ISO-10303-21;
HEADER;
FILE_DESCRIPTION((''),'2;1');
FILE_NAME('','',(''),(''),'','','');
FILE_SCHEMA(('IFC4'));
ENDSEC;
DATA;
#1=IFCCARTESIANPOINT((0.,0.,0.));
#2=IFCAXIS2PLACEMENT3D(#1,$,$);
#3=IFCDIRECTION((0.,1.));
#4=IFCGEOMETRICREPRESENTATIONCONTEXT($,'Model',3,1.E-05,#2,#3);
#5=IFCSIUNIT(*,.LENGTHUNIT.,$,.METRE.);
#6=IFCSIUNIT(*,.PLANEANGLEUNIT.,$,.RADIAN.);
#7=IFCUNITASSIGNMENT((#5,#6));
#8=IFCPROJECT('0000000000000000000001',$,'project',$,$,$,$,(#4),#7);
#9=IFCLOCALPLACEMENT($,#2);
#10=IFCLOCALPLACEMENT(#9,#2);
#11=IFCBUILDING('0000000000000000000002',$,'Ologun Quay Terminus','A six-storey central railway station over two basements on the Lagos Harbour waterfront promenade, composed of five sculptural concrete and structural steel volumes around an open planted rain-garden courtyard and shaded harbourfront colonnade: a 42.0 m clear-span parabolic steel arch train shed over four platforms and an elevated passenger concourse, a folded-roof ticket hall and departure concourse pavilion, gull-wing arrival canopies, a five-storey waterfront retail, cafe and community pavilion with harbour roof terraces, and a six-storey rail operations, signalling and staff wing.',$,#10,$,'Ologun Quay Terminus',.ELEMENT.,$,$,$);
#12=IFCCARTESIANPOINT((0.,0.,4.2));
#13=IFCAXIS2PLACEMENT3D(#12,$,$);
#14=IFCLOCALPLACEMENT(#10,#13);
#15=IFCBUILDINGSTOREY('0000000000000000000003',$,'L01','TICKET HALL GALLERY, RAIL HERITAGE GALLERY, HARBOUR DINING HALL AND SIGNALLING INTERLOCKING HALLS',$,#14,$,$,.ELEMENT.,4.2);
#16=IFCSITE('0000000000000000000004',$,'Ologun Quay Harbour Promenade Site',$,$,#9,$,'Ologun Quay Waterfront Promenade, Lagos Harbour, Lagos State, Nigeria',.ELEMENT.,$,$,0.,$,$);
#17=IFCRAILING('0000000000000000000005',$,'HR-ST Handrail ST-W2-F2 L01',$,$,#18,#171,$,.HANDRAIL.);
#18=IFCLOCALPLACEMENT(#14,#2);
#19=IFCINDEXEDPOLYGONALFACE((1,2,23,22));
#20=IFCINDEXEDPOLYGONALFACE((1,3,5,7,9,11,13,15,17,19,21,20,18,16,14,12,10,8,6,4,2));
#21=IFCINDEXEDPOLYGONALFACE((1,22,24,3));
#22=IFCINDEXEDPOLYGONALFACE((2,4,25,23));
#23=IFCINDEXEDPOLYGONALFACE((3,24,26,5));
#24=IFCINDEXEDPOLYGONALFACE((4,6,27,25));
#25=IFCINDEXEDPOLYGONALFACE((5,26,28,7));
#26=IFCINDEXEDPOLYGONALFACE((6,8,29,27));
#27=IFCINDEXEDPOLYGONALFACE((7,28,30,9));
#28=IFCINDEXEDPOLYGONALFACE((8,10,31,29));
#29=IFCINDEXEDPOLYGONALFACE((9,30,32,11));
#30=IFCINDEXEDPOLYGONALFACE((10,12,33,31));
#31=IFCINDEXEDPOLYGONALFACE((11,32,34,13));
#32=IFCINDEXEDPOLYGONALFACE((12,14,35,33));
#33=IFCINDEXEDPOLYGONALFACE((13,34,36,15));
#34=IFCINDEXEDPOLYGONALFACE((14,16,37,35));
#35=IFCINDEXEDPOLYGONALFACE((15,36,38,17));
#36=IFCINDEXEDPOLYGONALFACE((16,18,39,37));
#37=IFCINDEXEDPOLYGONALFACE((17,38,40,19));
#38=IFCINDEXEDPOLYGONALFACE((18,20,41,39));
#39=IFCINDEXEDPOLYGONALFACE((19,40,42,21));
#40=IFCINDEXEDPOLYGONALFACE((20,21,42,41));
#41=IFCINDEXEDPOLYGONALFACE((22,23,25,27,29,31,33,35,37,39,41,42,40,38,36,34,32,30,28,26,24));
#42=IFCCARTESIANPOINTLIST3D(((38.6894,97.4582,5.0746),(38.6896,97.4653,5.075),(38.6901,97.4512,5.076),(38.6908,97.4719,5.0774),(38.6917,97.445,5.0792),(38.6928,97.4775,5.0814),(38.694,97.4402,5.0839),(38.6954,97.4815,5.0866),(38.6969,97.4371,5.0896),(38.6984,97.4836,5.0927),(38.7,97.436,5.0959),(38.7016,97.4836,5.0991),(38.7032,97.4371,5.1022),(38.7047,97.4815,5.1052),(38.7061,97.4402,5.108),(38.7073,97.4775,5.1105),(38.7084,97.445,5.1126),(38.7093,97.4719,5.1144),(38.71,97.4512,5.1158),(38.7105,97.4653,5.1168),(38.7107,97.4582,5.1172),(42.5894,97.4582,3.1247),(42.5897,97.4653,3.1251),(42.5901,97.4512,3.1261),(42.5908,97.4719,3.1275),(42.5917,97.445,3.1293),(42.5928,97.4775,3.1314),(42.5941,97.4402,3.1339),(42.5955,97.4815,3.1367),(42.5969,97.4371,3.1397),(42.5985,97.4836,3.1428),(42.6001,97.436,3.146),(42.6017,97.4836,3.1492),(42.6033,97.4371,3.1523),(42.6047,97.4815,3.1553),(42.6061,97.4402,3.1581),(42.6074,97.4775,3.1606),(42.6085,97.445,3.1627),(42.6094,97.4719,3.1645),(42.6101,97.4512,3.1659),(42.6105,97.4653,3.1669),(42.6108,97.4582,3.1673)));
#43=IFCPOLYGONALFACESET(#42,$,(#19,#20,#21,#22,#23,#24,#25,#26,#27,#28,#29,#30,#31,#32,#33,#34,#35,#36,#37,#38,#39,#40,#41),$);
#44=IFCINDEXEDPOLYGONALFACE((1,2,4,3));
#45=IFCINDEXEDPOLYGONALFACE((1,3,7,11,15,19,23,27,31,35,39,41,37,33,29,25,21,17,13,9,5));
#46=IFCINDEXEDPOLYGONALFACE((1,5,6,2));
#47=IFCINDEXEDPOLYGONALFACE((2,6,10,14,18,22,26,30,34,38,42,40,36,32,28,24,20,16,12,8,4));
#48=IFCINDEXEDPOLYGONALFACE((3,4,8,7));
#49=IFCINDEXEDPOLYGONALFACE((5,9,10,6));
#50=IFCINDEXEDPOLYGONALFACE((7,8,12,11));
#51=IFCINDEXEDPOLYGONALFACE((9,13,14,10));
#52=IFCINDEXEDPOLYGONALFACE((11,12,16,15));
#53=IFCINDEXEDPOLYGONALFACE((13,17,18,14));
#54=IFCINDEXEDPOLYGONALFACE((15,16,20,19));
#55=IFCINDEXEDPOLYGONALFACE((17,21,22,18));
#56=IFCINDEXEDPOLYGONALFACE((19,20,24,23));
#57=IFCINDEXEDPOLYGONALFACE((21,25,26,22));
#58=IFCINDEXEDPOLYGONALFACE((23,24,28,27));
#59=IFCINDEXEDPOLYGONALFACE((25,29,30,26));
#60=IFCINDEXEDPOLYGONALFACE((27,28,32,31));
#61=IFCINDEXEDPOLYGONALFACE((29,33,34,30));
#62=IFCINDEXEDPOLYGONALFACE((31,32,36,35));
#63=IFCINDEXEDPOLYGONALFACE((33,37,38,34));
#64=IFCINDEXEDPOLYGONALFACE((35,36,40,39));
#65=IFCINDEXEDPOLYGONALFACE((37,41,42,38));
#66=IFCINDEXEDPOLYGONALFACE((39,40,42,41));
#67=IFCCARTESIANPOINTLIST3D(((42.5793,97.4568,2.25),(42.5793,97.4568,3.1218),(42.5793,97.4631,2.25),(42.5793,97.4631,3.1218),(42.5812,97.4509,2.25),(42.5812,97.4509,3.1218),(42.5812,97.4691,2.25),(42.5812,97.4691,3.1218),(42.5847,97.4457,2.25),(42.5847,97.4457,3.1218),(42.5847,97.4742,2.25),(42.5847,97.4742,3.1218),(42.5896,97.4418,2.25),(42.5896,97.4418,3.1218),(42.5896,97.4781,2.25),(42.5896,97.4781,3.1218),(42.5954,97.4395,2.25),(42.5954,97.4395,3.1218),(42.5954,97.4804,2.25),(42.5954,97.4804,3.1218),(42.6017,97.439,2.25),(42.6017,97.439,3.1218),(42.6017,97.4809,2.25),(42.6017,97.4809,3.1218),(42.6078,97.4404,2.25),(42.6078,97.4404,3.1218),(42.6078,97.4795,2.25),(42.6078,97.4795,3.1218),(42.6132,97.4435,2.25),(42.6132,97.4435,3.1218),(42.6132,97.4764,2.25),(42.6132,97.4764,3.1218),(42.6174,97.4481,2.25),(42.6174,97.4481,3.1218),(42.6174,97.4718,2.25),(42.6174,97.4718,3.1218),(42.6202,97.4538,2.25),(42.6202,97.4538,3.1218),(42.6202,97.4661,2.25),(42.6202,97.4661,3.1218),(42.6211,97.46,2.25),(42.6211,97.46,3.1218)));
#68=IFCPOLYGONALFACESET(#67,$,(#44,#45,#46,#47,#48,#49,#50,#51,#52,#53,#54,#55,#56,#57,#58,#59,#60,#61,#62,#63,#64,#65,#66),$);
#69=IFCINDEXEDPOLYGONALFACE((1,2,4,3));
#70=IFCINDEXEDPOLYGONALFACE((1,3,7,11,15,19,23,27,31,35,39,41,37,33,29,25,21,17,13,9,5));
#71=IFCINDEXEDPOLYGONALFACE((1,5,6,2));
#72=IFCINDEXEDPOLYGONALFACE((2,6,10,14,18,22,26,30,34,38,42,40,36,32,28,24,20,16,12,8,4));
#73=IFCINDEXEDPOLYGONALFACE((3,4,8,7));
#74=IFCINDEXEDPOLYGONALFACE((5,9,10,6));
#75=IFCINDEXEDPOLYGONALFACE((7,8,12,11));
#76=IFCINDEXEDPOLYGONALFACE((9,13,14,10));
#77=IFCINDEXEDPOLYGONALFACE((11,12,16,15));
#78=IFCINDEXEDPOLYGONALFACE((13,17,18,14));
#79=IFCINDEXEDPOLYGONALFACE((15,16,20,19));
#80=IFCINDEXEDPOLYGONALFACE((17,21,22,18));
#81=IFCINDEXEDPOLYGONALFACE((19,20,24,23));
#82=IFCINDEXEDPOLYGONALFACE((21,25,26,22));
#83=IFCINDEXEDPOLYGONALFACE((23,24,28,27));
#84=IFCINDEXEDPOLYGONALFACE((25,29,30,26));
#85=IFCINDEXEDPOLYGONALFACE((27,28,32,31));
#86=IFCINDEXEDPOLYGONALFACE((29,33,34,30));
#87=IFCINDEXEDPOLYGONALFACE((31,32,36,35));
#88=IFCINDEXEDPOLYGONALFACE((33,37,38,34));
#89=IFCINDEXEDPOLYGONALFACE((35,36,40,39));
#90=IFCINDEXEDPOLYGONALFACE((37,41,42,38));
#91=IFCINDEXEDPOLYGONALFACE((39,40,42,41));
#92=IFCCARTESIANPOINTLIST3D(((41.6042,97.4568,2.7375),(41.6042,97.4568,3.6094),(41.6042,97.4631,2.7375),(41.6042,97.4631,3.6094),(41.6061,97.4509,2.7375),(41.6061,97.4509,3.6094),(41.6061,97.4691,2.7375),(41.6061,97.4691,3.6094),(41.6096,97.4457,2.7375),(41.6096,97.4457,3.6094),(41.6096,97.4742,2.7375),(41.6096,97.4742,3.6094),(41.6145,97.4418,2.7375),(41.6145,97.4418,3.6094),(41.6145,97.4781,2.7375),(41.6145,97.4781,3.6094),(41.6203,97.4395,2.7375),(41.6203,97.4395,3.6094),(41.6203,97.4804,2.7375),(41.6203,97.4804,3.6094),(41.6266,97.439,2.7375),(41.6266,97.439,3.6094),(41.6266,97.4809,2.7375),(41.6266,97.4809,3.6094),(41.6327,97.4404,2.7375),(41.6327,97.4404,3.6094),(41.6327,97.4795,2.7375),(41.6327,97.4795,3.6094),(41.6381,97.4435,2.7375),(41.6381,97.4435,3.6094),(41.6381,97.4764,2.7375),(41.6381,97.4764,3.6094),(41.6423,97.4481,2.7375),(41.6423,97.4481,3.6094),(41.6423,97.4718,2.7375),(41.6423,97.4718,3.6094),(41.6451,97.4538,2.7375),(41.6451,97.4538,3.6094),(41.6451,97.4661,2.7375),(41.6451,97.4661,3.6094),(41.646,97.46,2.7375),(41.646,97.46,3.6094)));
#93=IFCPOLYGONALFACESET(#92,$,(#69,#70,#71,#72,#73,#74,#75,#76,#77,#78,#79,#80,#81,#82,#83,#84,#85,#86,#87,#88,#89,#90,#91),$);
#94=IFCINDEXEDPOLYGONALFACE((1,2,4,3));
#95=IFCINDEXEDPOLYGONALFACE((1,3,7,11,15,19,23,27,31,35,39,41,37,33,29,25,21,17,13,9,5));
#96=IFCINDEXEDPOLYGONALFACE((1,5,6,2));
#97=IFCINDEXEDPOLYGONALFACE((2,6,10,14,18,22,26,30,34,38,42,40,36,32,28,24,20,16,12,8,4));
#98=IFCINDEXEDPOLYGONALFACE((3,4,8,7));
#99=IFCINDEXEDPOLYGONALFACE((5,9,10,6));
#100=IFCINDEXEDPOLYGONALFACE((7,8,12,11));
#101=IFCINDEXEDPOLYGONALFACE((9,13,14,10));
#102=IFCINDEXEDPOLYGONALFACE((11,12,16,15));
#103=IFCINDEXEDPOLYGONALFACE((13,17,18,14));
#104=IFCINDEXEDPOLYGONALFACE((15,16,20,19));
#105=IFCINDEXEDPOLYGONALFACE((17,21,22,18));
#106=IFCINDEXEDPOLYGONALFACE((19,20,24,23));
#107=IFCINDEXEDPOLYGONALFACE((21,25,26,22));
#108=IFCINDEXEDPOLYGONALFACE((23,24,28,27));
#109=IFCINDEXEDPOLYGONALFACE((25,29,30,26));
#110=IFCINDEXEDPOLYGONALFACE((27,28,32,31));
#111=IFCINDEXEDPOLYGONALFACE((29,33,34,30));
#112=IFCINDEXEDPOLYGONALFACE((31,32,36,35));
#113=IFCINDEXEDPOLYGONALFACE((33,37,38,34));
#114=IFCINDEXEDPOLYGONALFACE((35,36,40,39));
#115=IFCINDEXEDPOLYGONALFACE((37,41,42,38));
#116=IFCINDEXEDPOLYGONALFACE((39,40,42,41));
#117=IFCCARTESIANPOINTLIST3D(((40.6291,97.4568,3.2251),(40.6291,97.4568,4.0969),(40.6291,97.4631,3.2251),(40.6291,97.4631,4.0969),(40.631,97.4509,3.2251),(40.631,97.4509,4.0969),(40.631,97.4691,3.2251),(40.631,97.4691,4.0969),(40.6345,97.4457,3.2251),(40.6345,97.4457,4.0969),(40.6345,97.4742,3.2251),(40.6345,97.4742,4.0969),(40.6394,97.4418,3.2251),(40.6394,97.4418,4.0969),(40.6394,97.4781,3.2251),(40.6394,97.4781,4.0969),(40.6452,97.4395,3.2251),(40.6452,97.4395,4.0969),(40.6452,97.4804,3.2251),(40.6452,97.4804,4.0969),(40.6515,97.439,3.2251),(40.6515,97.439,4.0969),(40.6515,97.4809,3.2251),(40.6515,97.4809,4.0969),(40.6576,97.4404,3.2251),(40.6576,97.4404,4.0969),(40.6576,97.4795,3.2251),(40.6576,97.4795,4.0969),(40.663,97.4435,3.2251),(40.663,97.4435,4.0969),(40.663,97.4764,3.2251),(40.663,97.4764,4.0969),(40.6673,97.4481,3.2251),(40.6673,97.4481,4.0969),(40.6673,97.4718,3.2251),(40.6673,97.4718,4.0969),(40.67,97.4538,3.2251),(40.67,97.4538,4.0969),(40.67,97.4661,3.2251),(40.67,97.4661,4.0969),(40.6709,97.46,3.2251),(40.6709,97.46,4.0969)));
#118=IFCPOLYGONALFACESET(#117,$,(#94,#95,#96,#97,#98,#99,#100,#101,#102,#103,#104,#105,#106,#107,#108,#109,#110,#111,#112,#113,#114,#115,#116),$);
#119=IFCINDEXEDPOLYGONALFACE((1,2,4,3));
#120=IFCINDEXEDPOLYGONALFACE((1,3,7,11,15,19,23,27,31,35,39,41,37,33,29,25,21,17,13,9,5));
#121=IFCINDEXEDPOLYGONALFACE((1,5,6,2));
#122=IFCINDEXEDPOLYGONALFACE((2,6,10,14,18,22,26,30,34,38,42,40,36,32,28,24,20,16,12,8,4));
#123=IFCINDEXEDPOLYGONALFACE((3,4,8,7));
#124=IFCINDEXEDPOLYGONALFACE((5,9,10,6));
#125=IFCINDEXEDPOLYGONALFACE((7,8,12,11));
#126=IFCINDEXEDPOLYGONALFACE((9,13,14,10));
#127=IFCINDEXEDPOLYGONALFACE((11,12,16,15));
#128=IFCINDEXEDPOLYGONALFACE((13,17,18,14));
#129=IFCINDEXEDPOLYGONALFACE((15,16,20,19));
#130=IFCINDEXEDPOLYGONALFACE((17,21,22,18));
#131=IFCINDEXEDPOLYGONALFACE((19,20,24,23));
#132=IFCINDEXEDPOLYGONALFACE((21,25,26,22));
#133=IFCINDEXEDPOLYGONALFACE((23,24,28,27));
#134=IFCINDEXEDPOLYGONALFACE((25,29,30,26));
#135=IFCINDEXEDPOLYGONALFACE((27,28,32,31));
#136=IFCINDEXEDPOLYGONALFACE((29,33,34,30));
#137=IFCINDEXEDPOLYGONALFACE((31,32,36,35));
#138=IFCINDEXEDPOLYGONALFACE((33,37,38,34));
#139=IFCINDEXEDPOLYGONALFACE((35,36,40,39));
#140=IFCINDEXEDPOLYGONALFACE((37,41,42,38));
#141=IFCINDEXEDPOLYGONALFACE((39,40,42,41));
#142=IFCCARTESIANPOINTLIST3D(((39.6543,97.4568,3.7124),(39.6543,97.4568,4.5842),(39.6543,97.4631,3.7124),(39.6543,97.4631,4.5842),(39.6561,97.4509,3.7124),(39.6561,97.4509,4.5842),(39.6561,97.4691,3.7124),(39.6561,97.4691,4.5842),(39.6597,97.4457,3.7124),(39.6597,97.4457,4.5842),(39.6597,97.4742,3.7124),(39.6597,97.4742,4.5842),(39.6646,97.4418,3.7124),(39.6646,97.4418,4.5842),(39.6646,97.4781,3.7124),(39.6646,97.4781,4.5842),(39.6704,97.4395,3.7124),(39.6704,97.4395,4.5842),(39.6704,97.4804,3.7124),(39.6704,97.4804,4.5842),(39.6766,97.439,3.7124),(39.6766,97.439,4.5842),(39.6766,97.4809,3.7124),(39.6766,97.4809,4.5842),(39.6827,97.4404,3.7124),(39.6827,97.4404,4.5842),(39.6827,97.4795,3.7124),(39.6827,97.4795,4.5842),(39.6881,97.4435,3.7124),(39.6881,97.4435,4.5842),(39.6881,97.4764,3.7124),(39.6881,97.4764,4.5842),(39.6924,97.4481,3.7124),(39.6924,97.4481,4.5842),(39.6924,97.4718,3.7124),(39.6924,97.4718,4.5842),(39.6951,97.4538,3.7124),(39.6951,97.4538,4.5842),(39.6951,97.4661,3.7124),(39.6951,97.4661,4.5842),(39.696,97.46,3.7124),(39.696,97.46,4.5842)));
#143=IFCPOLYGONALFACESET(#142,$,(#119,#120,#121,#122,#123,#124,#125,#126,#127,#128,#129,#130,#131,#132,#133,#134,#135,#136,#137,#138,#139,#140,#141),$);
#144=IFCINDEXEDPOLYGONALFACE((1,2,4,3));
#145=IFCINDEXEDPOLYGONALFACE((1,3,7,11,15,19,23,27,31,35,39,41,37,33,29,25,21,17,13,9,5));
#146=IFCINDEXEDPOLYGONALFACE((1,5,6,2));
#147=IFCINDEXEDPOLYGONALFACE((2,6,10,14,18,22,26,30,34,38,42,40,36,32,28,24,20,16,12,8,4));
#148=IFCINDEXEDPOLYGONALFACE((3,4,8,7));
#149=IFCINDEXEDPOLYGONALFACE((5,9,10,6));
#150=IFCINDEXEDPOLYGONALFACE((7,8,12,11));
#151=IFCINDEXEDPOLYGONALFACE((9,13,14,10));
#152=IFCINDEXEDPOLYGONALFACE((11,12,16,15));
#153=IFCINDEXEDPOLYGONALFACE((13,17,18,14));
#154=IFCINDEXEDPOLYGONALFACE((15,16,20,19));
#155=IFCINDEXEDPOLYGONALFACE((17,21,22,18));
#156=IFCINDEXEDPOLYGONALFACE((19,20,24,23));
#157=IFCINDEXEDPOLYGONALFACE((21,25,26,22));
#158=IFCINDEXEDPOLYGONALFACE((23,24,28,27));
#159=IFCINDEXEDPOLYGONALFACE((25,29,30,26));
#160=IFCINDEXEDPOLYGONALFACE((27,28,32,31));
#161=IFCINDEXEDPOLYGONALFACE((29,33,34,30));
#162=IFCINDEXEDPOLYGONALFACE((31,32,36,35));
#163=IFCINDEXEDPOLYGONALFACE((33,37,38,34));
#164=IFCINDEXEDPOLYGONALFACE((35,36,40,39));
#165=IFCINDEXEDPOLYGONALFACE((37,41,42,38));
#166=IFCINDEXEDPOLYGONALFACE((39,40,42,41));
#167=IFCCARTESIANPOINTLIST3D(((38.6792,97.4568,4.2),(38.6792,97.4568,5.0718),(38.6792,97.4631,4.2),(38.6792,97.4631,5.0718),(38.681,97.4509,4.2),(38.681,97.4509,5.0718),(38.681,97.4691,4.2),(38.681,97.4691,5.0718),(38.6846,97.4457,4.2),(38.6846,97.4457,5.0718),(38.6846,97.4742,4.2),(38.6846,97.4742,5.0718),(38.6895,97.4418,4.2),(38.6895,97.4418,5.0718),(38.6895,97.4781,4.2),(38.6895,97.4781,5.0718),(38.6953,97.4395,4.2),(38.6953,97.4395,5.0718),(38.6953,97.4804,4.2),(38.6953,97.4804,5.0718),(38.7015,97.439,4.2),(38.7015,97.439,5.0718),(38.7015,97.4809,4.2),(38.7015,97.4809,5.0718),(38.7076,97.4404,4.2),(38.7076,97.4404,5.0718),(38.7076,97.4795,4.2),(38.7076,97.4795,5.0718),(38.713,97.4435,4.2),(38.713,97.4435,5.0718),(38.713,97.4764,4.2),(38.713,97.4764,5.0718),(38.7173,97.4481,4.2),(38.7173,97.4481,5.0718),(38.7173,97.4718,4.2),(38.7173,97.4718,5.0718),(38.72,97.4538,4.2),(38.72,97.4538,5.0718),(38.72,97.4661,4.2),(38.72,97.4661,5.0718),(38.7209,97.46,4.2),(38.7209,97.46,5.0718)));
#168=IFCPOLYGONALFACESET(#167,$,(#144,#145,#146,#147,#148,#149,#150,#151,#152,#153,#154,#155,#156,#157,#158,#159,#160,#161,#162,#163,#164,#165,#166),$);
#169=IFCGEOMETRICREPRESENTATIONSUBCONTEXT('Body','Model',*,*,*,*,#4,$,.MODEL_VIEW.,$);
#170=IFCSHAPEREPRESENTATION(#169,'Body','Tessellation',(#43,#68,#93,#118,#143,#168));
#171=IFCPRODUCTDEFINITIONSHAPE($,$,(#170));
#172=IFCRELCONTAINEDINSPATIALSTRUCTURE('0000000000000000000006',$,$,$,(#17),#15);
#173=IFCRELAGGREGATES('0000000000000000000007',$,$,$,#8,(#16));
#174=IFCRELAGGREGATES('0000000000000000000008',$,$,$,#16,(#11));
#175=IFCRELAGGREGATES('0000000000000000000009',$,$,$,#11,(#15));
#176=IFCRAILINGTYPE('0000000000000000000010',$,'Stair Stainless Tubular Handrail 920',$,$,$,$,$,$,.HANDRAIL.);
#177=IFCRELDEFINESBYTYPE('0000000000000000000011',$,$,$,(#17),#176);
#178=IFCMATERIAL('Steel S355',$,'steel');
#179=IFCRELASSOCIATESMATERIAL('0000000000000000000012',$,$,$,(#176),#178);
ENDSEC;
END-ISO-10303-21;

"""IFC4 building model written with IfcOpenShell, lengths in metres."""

from ifc_helpers import new_model, si_unit, direction, frame, origin, origin_2d, place, context, subcontext, project, spatial, circle, extrude, material, type_object, element, save


model = new_model("IFC4")

# Units and contexts
model_context = context("Model", 3, precision=1e-05, world=origin(), true_north=direction((0.0, 1.0)))
body_context = subcontext(model_context, "Body", "Model", "MODEL_VIEW")
ifc_project = project(units=[si_unit("LENGTHUNIT", "METRE"), si_unit("PLANEANGLEUNIT", "RADIAN")], contexts=[model_context])

# Site, building, storey
site_placement = place(None, origin())
site = spatial("IfcSite", under=ifc_project, at=site_placement, Name="Ologun Quay Harbour Promenade Site", LongName="Ologun Quay Waterfront Promenade, Lagos Harbour, Lagos State, Nigeria", CompositionType="ELEMENT", RefElevation=0.0)
building_placement = place(site_placement, origin())
building = spatial("IfcBuilding", under=site, at=building_placement, Name="Ologun Quay Terminus", Description="A six-storey central railway station over two basements on the Lagos Harbour waterfront promenade, composed of five sculptural concrete and structural steel volumes around an open planted rain-garden courtyard and shaded harbourfront colonnade: a 42.0 m clear-span parabolic steel arch train shed over four platforms and an elevated passenger concourse, a folded-roof ticket hall and departure concourse pavilion, gull-wing arrival canopies, a five-storey waterfront retail, cafe and community pavilion with harbour roof terraces, and a six-storey rail operations, signalling and staff wing.", LongName="Ologun Quay Terminus", CompositionType="ELEMENT")
storey_placement = place(building_placement, frame((0.0, 0.0, 4.2)))
storey = spatial("IfcBuildingStorey", under=building, at=storey_placement, Name="L01", Description="TICKET HALL GALLERY, RAIL HERITAGE GALLERY, HARBOUR DINING HALL AND SIGNALLING INTERLOCKING HALLS", CompositionType="ELEMENT", Elevation=4.2)

# Railing
ifc_material_1 = material(Name="Steel S355", Category="steel")
railing_type = type_object("IfcRailingType", Name="Stair Stainless Tubular Handrail 920", PredefinedType="HANDRAIL", material=ifc_material_1)
railing_placement = place(storey_placement, frame((42.6001, 97.46, 2.25)))
element("IfcRailing", 1, at=railing_placement, inside=storey, type_object=railing_type, Name="HR-ST Handrail ST-W2-F2 L01", PredefinedType="HANDRAIL", context=body_context, shape_type="SweptSolid", body=[
    extrude(circle(Radius=0.0239, at=origin_2d()), frame((0.0, 0.0, 0.896), z_axis=(-0.894438, 0.0, 0.447191), x_axis=(0.0, -1.0, 0.0)), (0.0, 0.0, 1.0), 4.3604),
    extrude(circle(Radius=0.021, at=origin_2d()), origin(), (0.0, 0.0, 1.0), 0.8718),
    extrude(circle(Radius=0.021, at=origin_2d()), frame((-0.9751, 0.0, 0.4875)), (0.0, 0.0, 1.0), 0.8718),
    extrude(circle(Radius=0.021, at=origin_2d()), frame((-1.9502, 0.0, 0.9751)), (0.0, 0.0, 1.0), 0.8718),
    extrude(circle(Radius=0.021, at=origin_2d()), frame((-2.925, 0.0, 1.4624)), (0.0, 0.0, 1.0), 0.8718),
    extrude(circle(Radius=0.021, at=origin_2d()), frame((-3.9001, 0.0, 1.95)), (0.0, 0.0, 1.0), 0.8718),
])

save(model, "model.ifc")
